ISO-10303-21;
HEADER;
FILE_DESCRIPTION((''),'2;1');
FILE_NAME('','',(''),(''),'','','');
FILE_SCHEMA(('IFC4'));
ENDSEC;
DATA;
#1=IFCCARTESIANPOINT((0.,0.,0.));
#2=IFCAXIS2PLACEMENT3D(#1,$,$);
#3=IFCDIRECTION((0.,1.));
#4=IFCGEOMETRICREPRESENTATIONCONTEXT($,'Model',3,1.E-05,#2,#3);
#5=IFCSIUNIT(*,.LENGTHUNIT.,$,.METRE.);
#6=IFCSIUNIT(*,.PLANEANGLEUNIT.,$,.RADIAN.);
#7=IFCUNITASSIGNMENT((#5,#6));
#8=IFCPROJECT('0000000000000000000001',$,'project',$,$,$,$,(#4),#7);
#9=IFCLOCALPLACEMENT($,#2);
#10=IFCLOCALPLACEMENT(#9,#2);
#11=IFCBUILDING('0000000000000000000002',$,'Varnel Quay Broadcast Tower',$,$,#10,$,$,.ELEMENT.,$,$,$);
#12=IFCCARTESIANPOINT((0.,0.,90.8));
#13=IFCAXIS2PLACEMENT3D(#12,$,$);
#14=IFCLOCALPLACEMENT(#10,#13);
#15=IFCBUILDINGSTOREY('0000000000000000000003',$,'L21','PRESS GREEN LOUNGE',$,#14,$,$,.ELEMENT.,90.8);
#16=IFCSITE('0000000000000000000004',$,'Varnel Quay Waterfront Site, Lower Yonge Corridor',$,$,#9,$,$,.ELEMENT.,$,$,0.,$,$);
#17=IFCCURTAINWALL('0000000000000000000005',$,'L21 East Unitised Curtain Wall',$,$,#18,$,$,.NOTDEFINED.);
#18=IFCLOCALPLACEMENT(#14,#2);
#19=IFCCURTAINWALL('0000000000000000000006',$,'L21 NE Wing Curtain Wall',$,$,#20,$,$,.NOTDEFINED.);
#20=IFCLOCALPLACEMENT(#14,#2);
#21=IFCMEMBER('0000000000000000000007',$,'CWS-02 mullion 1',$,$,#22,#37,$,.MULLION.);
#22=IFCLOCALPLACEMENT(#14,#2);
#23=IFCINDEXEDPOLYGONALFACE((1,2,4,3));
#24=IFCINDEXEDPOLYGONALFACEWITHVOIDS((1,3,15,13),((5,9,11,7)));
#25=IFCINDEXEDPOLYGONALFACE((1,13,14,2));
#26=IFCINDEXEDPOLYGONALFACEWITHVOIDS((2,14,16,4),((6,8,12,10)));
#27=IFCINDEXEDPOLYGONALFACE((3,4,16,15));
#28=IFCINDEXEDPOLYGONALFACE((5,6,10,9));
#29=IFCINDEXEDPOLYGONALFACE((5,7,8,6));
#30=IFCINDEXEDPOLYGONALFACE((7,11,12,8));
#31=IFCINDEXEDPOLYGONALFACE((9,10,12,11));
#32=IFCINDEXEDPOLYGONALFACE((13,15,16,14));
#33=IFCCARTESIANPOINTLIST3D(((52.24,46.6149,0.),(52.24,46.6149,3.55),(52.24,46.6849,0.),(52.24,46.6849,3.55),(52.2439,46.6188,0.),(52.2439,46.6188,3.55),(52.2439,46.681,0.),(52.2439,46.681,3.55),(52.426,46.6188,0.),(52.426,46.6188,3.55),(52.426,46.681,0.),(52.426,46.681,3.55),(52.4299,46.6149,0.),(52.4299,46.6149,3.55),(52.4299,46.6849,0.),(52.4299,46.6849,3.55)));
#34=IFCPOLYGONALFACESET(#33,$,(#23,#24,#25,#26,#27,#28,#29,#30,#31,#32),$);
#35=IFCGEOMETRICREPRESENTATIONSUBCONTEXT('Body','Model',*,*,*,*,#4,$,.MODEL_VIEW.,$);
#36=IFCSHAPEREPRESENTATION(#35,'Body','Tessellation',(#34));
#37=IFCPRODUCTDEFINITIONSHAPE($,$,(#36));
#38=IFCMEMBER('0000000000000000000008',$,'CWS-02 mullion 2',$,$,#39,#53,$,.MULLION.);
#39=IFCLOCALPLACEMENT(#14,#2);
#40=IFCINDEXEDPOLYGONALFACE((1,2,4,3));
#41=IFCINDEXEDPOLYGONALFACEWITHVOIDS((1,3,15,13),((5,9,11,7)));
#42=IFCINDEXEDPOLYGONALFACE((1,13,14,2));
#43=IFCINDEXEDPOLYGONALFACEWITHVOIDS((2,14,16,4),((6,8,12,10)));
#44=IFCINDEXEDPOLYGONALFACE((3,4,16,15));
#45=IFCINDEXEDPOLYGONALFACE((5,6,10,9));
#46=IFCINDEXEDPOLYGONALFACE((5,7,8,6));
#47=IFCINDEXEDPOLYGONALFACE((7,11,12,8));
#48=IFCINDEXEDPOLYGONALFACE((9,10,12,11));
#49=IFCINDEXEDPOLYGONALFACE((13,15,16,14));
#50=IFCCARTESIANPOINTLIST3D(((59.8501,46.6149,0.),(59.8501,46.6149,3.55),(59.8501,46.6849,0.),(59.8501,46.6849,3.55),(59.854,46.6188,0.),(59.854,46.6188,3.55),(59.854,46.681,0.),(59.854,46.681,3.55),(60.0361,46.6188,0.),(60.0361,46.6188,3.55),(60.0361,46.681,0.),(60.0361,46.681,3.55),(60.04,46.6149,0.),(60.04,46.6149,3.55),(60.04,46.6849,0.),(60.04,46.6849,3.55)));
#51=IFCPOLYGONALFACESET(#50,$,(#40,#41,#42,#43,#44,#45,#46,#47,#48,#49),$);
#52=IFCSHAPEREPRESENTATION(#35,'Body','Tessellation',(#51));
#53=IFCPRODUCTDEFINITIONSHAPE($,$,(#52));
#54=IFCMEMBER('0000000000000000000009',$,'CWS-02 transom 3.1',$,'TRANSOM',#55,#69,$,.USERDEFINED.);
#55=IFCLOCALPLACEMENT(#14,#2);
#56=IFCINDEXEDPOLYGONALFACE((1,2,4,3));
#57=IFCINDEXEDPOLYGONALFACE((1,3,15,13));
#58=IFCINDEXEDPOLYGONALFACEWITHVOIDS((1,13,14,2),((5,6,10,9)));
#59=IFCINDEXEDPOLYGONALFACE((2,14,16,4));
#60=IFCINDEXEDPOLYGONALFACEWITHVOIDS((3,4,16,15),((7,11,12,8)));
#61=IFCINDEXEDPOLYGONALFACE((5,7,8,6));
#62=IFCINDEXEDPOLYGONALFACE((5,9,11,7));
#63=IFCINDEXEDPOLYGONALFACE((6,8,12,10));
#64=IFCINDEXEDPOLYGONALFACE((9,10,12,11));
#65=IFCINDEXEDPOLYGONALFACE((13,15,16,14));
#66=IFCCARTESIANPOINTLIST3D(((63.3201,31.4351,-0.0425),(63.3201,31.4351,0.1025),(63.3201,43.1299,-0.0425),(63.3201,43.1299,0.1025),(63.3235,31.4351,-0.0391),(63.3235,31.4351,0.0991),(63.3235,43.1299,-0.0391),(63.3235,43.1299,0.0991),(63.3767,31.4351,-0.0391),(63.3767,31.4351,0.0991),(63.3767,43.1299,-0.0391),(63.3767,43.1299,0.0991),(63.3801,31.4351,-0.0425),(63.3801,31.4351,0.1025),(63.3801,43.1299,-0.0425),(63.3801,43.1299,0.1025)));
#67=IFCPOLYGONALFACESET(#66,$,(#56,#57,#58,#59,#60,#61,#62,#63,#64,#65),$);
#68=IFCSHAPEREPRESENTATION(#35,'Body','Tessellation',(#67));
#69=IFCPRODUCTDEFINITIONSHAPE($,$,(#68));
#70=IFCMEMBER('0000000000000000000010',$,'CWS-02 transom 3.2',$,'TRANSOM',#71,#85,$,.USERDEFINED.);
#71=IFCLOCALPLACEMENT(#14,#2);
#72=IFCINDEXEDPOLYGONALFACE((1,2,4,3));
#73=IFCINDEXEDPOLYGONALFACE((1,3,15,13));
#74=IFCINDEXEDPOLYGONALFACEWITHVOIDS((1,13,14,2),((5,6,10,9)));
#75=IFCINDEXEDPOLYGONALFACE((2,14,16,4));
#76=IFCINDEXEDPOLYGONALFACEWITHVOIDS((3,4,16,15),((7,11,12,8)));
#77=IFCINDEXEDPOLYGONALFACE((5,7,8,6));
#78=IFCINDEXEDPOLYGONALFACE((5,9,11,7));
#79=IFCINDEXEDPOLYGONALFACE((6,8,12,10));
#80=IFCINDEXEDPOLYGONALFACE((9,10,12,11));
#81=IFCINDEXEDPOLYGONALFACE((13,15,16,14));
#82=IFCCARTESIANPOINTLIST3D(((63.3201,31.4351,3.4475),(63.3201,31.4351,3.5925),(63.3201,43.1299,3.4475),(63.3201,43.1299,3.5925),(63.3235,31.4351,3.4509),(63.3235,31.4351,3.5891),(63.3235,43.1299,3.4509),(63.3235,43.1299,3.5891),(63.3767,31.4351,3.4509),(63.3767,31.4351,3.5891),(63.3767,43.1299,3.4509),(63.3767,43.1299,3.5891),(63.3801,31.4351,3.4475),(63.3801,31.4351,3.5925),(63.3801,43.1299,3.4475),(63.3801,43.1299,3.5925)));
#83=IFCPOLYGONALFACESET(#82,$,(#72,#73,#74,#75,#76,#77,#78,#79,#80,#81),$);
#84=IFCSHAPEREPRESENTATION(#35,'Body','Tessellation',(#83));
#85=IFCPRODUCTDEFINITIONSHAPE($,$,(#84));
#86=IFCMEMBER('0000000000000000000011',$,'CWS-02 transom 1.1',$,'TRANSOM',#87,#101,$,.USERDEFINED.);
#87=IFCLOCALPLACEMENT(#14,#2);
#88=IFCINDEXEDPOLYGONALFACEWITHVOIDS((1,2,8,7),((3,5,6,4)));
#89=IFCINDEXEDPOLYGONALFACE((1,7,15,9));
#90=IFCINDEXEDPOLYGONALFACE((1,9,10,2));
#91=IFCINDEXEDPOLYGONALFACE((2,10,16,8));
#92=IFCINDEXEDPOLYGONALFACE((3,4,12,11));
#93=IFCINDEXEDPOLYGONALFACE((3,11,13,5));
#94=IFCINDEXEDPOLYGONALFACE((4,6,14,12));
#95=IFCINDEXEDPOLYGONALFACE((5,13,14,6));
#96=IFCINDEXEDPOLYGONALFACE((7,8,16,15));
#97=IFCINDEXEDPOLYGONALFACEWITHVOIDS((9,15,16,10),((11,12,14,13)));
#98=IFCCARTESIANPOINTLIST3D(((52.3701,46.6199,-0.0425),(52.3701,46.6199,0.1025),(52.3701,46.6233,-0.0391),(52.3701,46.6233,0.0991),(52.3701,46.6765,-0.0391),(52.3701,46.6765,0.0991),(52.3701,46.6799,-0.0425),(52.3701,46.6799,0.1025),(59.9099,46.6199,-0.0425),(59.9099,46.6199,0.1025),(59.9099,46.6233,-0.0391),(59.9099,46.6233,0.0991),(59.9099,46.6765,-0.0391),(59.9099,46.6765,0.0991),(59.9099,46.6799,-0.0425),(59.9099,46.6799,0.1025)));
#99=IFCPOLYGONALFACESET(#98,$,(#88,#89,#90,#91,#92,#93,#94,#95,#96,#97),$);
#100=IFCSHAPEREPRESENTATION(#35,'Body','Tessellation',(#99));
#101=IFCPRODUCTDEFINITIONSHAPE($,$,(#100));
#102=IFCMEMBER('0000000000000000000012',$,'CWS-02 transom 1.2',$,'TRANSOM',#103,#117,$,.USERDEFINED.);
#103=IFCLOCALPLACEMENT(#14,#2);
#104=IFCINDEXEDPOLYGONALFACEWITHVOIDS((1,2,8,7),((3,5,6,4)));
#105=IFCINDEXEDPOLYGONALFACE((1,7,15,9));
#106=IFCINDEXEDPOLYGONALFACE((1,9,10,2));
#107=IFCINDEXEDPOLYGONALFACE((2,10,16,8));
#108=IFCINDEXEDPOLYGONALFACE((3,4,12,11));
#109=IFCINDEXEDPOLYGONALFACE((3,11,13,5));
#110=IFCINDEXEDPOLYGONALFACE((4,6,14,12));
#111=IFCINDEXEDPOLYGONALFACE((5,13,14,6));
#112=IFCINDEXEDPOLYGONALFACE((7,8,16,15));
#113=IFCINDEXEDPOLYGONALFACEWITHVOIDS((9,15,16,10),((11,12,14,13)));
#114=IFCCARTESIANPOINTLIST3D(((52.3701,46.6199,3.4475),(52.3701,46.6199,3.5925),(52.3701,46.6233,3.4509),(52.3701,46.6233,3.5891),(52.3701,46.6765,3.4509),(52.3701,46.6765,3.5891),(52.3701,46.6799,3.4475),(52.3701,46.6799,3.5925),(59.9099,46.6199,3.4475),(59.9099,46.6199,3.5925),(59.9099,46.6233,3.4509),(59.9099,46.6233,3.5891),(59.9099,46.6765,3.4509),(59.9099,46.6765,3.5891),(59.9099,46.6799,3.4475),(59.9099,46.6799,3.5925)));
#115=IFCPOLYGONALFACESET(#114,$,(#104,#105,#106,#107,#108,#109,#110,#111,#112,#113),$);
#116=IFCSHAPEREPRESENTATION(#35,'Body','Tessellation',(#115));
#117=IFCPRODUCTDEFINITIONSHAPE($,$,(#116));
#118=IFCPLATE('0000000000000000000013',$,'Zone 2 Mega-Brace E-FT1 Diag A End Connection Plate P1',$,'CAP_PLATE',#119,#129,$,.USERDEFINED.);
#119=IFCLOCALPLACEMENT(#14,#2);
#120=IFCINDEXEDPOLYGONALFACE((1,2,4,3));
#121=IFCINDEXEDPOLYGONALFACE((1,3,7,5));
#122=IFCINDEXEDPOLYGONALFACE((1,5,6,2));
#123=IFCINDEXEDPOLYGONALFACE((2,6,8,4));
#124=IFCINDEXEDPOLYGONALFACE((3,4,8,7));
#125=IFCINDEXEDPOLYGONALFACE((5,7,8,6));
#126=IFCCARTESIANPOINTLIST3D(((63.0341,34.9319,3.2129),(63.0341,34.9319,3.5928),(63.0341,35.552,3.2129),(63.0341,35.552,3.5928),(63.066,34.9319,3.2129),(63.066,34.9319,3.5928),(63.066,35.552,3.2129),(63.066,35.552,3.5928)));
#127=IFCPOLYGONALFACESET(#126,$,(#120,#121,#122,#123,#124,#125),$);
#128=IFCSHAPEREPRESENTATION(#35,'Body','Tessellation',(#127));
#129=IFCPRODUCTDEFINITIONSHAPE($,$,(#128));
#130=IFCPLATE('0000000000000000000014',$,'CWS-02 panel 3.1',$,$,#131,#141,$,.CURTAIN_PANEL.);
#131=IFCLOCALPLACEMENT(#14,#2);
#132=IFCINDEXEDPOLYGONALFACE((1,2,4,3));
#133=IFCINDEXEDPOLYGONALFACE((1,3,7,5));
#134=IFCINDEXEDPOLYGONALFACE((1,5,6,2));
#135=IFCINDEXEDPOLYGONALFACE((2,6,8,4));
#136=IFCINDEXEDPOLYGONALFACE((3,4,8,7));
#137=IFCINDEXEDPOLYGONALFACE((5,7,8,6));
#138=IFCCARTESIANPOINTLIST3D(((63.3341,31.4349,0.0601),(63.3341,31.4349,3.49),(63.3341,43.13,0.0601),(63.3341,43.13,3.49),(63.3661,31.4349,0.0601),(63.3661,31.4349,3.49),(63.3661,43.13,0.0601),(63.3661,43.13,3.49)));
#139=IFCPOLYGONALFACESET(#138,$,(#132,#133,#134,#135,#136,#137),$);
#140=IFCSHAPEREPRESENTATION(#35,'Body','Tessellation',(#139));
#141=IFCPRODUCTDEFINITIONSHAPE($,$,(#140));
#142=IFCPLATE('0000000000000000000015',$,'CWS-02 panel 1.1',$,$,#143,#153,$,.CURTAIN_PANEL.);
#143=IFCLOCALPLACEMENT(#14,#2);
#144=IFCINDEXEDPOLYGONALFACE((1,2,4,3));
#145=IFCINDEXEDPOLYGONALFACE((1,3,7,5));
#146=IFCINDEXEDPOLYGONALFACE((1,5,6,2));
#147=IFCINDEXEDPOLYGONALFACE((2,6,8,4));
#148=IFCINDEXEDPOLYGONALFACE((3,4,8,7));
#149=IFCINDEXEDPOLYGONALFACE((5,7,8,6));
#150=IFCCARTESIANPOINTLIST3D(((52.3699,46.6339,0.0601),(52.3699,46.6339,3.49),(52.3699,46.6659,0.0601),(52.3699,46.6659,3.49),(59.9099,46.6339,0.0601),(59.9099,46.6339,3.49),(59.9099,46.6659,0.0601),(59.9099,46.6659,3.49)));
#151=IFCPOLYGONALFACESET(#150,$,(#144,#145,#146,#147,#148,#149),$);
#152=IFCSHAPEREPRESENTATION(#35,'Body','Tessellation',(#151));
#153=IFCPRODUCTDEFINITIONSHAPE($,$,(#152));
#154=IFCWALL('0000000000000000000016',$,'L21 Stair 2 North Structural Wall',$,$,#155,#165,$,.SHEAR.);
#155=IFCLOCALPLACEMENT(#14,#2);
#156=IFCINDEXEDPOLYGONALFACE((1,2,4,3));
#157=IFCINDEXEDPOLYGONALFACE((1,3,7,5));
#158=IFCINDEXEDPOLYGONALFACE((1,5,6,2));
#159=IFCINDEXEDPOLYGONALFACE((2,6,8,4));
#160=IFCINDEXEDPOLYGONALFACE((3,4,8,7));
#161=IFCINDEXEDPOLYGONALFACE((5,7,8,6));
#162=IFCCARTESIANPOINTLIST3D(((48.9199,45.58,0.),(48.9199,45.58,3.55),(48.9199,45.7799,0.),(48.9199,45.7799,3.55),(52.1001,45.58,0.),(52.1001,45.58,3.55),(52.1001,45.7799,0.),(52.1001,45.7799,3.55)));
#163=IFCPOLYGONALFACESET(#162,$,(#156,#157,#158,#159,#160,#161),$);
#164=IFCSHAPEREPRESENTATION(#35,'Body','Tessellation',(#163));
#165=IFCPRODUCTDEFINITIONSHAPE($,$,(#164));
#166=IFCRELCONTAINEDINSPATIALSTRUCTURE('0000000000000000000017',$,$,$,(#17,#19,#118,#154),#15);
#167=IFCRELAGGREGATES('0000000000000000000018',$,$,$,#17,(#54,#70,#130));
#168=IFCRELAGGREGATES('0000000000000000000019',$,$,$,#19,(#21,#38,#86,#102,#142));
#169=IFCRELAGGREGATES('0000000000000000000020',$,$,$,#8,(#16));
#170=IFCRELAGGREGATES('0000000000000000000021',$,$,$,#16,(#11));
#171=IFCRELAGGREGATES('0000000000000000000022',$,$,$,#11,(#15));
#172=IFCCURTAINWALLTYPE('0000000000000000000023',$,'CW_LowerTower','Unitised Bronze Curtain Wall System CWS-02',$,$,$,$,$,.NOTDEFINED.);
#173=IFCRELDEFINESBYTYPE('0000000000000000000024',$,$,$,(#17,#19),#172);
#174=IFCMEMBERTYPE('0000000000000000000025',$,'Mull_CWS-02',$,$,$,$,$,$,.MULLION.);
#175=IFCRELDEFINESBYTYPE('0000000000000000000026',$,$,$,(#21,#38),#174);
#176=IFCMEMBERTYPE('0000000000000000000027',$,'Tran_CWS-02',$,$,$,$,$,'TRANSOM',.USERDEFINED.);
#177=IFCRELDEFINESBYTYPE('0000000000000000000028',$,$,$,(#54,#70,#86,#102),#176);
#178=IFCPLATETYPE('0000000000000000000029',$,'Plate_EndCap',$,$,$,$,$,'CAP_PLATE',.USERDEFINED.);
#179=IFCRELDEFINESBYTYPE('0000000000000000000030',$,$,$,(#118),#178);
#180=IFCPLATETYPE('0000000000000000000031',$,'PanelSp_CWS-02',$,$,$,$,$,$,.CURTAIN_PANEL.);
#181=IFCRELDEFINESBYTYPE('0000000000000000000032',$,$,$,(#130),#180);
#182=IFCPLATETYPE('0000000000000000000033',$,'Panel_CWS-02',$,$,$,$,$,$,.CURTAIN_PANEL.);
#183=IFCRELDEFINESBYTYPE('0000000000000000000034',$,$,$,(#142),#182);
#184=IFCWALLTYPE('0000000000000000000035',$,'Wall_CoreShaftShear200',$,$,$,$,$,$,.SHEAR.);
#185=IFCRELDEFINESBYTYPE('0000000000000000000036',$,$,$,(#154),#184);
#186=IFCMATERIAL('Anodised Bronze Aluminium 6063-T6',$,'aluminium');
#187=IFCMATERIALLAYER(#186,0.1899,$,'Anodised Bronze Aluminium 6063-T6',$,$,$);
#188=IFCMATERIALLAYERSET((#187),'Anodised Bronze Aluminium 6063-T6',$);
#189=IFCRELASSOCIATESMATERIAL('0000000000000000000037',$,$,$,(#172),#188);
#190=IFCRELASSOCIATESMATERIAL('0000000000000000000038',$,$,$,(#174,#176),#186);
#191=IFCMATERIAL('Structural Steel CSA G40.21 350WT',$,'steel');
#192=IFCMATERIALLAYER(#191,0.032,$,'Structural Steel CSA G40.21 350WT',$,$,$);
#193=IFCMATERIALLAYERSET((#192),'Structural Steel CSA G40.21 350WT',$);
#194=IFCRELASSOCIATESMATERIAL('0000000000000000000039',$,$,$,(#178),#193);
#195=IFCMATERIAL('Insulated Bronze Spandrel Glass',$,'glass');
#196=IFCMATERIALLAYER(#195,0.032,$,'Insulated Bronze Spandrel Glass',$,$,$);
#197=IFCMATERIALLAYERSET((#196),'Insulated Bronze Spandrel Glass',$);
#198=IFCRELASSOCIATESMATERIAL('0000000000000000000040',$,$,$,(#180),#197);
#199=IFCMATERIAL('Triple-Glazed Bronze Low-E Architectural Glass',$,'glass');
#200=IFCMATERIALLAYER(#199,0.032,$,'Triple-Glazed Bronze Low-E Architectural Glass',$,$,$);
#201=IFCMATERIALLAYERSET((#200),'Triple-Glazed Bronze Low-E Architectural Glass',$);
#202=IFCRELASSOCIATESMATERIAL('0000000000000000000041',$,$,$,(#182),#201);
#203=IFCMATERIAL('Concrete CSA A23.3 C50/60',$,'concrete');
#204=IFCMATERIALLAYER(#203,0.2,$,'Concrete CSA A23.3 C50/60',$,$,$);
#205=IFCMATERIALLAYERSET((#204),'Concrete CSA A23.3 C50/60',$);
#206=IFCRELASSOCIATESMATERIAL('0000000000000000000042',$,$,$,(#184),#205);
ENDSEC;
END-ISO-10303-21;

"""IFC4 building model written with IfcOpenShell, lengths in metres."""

from ifc_helpers import new_model, si_unit, direction, frame, frame_2d, origin, origin_2d, place, context, subcontext, project, spatial, rectangle, hollow_rectangle, extrude, source, transform, mapped, material, layer, layer_set, material_profile, profile_set, type_object, type_shapes, element, aggregate, save


model = new_model("IFC4")

# Units and contexts
model_context = context("Model", 3, precision=1e-05, world=origin(), true_north=direction((0.0, 1.0)))
body_context = subcontext(model_context, "Body", "Model", "MODEL_VIEW")
ifc_project = project(units=[si_unit("LENGTHUNIT", "METRE"), si_unit("PLANEANGLEUNIT", "RADIAN")], contexts=[model_context])

# Site, building, storey
site_placement = place(None, origin())
site = spatial("IfcSite", under=ifc_project, at=site_placement, Name="Varnel Quay Waterfront Site, Lower Yonge Corridor", CompositionType="ELEMENT", RefElevation=0.0)
building_placement = place(site_placement, origin())
building = spatial("IfcBuilding", under=site, at=building_placement, Name="Varnel Quay Broadcast Tower", CompositionType="ELEMENT")
storey_placement = place(building_placement, frame((0.0, 0.0, 90.8)))
storey = spatial("IfcBuildingStorey", under=building, at=storey_placement, Name="L21", Description="PRESS GREEN LOUNGE", CompositionType="ELEMENT", Elevation=90.8)

# Shared definitions
ifc_material_1 = material(Name="Structural Steel CSA G40.21 350WT", Category="steel")

# Curtain walls, members
ifc_material_2 = material(Name="Anodised Bronze Aluminium 6063-T6", Category="aluminium")
ifc_layer_1 = layer(ifc_material_2, 0.1899, Name="Anodised Bronze Aluminium 6063-T6")
ifc_layer_set_1 = layer_set([ifc_layer_1], Name="Anodised Bronze Aluminium 6063-T6")
curtain_wall_type = type_object("IfcCurtainWallType", Name="CW_LowerTower", Description="Unitised Bronze Curtain Wall System CWS-02", PredefinedType="NOTDEFINED", material=ifc_layer_set_1)
curtain_wall_1_placement = place(storey_placement, origin())
curtain_wall_1 = element("IfcCurtainWall", 1, at=curtain_wall_1_placement, inside=storey, type_object=curtain_wall_type, Name="L21 East Unitised Curtain Wall", PredefinedType="NOTDEFINED")
ifc_material_profile_1 = material_profile(ifc_material_2, hollow_rectangle(XDim=0.0701, YDim=0.1899, WallThickness=0.0039, at=origin_2d()), Name="ALU70X190X4")
ifc_profile_set_1 = profile_set([ifc_material_profile_1], Name="Anodised Bronze Aluminium 6063-T6")
member_type_1 = type_object("IfcMemberType", Name="Mull_CWS-02", PredefinedType="MULLION", material=ifc_profile_set_1)
shared_shape_1 = source(origin(), body_context, "Body", "SweptSolid", [
    extrude(hollow_rectangle(XDim=0.0701, YDim=0.1899, WallThickness=0.0039, at=origin_2d()), origin(), (0.0, 0.0, 1.0), 3.55),
])
type_shapes(member_type_1, [shared_shape_1])
curtain_wall_2_placement = place(storey_placement, origin())
curtain_wall_2 = element("IfcCurtainWall", 2, at=curtain_wall_2_placement, inside=storey, type_object=curtain_wall_type, Name="L21 NE Wing Curtain Wall", PredefinedType="NOTDEFINED")
member_1_placement = place(storey_placement, frame((52.335, 46.6499, 0.0), z_axis=(0.0, 0.0, 1.0), x_axis=(0.0, 1.0, 0.0)))
member_1 = element("IfcMember", 3, at=member_1_placement, type_object=member_type_1, Name="CWS-02 mullion 1", PredefinedType="MULLION", context=body_context, shape_type="MappedRepresentation", body=[
    mapped(shared_shape_1, transform((0.0, 0.0, 0.0), x_axis=(1.0, 0.0, 0.0), y_axis=(0.0, 1.0, 0.0), z_axis=(0.0, 0.0, 1.0), scale=1.0)),
])
member_2_placement = place(storey_placement, frame((59.9451, 46.6499, 0.0), z_axis=(0.0, 0.0, 1.0), x_axis=(0.0, 1.0, 0.0)))
member_2 = element("IfcMember", 4, at=member_2_placement, type_object=member_type_1, Name="CWS-02 mullion 2", PredefinedType="MULLION", context=body_context, shape_type="MappedRepresentation", body=[
    mapped(shared_shape_1, transform((0.0, 0.0, 0.0), x_axis=(1.0, 0.0, 0.0), y_axis=(0.0, 1.0, 0.0), z_axis=(0.0, 0.0, 1.0), scale=1.0)),
])

# Members
ifc_material_profile_2 = material_profile(ifc_material_2, hollow_rectangle(XDim=0.0601, YDim=0.145, WallThickness=0.0034, at=origin_2d()), Name="ALU60X145X3.5")
ifc_profile_set_2 = profile_set([ifc_material_profile_2], Name="Anodised Bronze Aluminium 6063-T6")
member_type_2 = type_object("IfcMemberType", Name="Tran_CWS-02", ElementType="TRANSOM", PredefinedType="USERDEFINED", material=ifc_profile_set_2)
shared_shape_2 = source(origin(), body_context, "Body", "SweptSolid", [
    extrude(hollow_rectangle(XDim=0.0601, YDim=0.145, WallThickness=0.0034, at=origin_2d()), origin(), (0.0, 0.0, 1.0), 11.6948),
])
member_3_placement = place(storey_placement, frame((63.3501, 31.4351, 0.03), z_axis=(0.0, 1.0, 0.0), x_axis=(-1.0, 0.0, 0.0)))
member_3 = element("IfcMember", 5, at=member_3_placement, type_object=member_type_2, Name="CWS-02 transom 3.1", ObjectType="TRANSOM", PredefinedType="USERDEFINED", context=body_context, shape_type="MappedRepresentation", body=[
    mapped(shared_shape_2, transform((0.0, 0.0, 0.0), x_axis=(1.0, 0.0, 0.0), y_axis=(0.0, 1.0, 0.0), z_axis=(0.0, 0.0, 1.0), scale=1.0)),
])
member_4_placement = place(storey_placement, frame((63.3501, 31.4351, 3.52), z_axis=(0.0, 1.0, 0.0), x_axis=(-1.0, 0.0, 0.0)))
member_4 = element("IfcMember", 6, at=member_4_placement, type_object=member_type_2, Name="CWS-02 transom 3.2", ObjectType="TRANSOM", PredefinedType="USERDEFINED", context=body_context, shape_type="MappedRepresentation", body=[
    mapped(shared_shape_2, transform((0.0, 0.0, 0.0), x_axis=(1.0, 0.0, 0.0), y_axis=(0.0, 1.0, 0.0), z_axis=(0.0, 0.0, 1.0), scale=1.0)),
])
shared_shape_3 = source(origin(), body_context, "Body", "SweptSolid", [
    extrude(hollow_rectangle(XDim=0.0601, YDim=0.145, WallThickness=0.0034, at=origin_2d()), origin(), (0.0, 0.0, 1.0), 7.5398),
])
type_shapes(member_type_2, [shared_shape_2, shared_shape_3])
member_5_placement = place(storey_placement, frame((52.3701, 46.6499, 0.03), z_axis=(1.0, 0.0, 0.0), x_axis=(0.0, 1.0, 0.0)))
member_5 = element("IfcMember", 7, at=member_5_placement, type_object=member_type_2, Name="CWS-02 transom 1.1", ObjectType="TRANSOM", PredefinedType="USERDEFINED", context=body_context, shape_type="MappedRepresentation", body=[
    mapped(shared_shape_3, transform((0.0, 0.0, 0.0), x_axis=(1.0, 0.0, 0.0), y_axis=(0.0, 1.0, 0.0), z_axis=(0.0, 0.0, 1.0), scale=1.0)),
])
member_6_placement = place(storey_placement, frame((52.3701, 46.6499, 3.52), z_axis=(1.0, 0.0, 0.0), x_axis=(0.0, 1.0, 0.0)))
member_6 = element("IfcMember", 8, at=member_6_placement, type_object=member_type_2, Name="CWS-02 transom 1.2", ObjectType="TRANSOM", PredefinedType="USERDEFINED", context=body_context, shape_type="MappedRepresentation", body=[
    mapped(shared_shape_3, transform((0.0, 0.0, 0.0), x_axis=(1.0, 0.0, 0.0), y_axis=(0.0, 1.0, 0.0), z_axis=(0.0, 0.0, 1.0), scale=1.0)),
])

# Plates
ifc_layer_2 = layer(ifc_material_1, 0.032, Name="Structural Steel CSA G40.21 350WT")
ifc_layer_set_2 = layer_set([ifc_layer_2], Name="Structural Steel CSA G40.21 350WT")
plate_type_1 = type_object("IfcPlateType", Name="Plate_EndCap", ElementType="CAP_PLATE", PredefinedType="USERDEFINED", material=ifc_layer_set_2)
shared_shape_4 = source(origin(), body_context, "Body", "SweptSolid", [
    extrude(rectangle(XDim=0.6201, YDim=0.032, at=origin_2d()), origin(), (0.0, 0.0, 1.0), 0.3799),
])
type_shapes(plate_type_1, [shared_shape_4])
plate_1_placement = place(storey_placement, frame((63.05, 35.2419, 3.2129), z_axis=(0.0, 0.0, 1.0), x_axis=(0.0, 1.0, 0.0)))
element("IfcPlate", 9, at=plate_1_placement, inside=storey, type_object=plate_type_1, Name="Zone 2 Mega-Brace E-FT1 Diag A End Connection Plate P1", ObjectType="CAP_PLATE", PredefinedType="USERDEFINED", context=body_context, shape_type="MappedRepresentation", body=[
    mapped(shared_shape_4, transform((0.0, 0.0, 0.0), x_axis=(1.0, 0.0, 0.0), y_axis=(0.0, 1.0, 0.0), z_axis=(0.0, 0.0, 1.0), scale=1.0)),
])
ifc_material_3 = material(Name="Insulated Bronze Spandrel Glass", Category="glass")
ifc_layer_3 = layer(ifc_material_3, 0.032, Name="Insulated Bronze Spandrel Glass")
ifc_layer_set_3 = layer_set([ifc_layer_3], Name="Insulated Bronze Spandrel Glass")
plate_type_2 = type_object("IfcPlateType", Name="PanelSp_CWS-02", PredefinedType="CURTAIN_PANEL", material=ifc_layer_set_3)
shared_shape_5 = source(origin(), body_context, "Body", "SweptSolid", [
    extrude(rectangle(XDim=11.6951, YDim=0.032, at=origin_2d()), origin(), (0.0, 0.0, 1.0), 3.4299),
])
type_shapes(plate_type_2, [shared_shape_5])
plate_2_placement = place(storey_placement, frame((63.3501, 37.2825, 0.0601), z_axis=(0.0, 0.0, 1.0), x_axis=(0.0, 1.0, 0.0)))
plate_2 = element("IfcPlate", 10, at=plate_2_placement, type_object=plate_type_2, Name="CWS-02 panel 3.1", PredefinedType="CURTAIN_PANEL", context=body_context, shape_type="MappedRepresentation", body=[
    mapped(shared_shape_5, transform((0.0, 0.0, 0.0), x_axis=(1.0, 0.0, 0.0), y_axis=(0.0, 1.0, 0.0), z_axis=(0.0, 0.0, 1.0), scale=1.0)),
])
aggregate(curtain_wall_1, [member_3, member_4, plate_2])
ifc_material_4 = material(Name="Triple-Glazed Bronze Low-E Architectural Glass", Category="glass")
ifc_layer_4 = layer(ifc_material_4, 0.032, Name="Triple-Glazed Bronze Low-E Architectural Glass")
ifc_layer_set_4 = layer_set([ifc_layer_4], Name="Triple-Glazed Bronze Low-E Architectural Glass")
plate_type_3 = type_object("IfcPlateType", Name="Panel_CWS-02", PredefinedType="CURTAIN_PANEL", material=ifc_layer_set_4)
shared_shape_6 = source(origin(), body_context, "Body", "SweptSolid", [
    extrude(rectangle(XDim=7.54, YDim=0.032, at=origin_2d()), origin(), (0.0, 0.0, 1.0), 3.4299),
])
type_shapes(plate_type_3, [shared_shape_6])
plate_3_placement = place(storey_placement, frame((56.1399, 46.6499, 0.0601), z_axis=(0.0, 0.0, 1.0), x_axis=(1.0, 0.0, 0.0)))
plate_3 = element("IfcPlate", 11, at=plate_3_placement, type_object=plate_type_3, Name="CWS-02 panel 1.1", PredefinedType="CURTAIN_PANEL", context=body_context, shape_type="MappedRepresentation", body=[
    mapped(shared_shape_6, transform((0.0, 0.0, 0.0), x_axis=(1.0, 0.0, 0.0), y_axis=(0.0, 1.0, 0.0), z_axis=(0.0, 0.0, 1.0), scale=1.0)),
])
aggregate(curtain_wall_2, [member_1, member_2, member_5, member_6, plate_3])

# Wall
ifc_material_5 = material(Name="Concrete CSA A23.3 C50/60", Category="concrete")
ifc_layer_5 = layer(ifc_material_5, 0.2, Name="Concrete CSA A23.3 C50/60")
ifc_layer_set_5 = layer_set([ifc_layer_5], Name="Concrete CSA A23.3 C50/60")
wall_type_1 = type_object("IfcWallType", Name="Wall_CoreShaftShear200", PredefinedType="SHEAR", material=ifc_layer_set_5)
wall_1_placement = place(storey_placement, frame((48.9199, 45.6799, 0.0), z_axis=(0.0, 0.0, 1.0), x_axis=(1.0, 0.0, 0.0)))
element("IfcWall", 12, at=wall_1_placement, inside=storey, type_object=wall_type_1, Name="L21 Stair 2 North Structural Wall", PredefinedType="SHEAR", context=body_context, shape_type="SweptSolid", body=[
    extrude(rectangle(XDim=3.1802, YDim=0.2, at=frame_2d((1.5901, 0.0))), origin(), (0.0, 0.0, 1.0), 3.55),
])

save(model, "model.ifc")
